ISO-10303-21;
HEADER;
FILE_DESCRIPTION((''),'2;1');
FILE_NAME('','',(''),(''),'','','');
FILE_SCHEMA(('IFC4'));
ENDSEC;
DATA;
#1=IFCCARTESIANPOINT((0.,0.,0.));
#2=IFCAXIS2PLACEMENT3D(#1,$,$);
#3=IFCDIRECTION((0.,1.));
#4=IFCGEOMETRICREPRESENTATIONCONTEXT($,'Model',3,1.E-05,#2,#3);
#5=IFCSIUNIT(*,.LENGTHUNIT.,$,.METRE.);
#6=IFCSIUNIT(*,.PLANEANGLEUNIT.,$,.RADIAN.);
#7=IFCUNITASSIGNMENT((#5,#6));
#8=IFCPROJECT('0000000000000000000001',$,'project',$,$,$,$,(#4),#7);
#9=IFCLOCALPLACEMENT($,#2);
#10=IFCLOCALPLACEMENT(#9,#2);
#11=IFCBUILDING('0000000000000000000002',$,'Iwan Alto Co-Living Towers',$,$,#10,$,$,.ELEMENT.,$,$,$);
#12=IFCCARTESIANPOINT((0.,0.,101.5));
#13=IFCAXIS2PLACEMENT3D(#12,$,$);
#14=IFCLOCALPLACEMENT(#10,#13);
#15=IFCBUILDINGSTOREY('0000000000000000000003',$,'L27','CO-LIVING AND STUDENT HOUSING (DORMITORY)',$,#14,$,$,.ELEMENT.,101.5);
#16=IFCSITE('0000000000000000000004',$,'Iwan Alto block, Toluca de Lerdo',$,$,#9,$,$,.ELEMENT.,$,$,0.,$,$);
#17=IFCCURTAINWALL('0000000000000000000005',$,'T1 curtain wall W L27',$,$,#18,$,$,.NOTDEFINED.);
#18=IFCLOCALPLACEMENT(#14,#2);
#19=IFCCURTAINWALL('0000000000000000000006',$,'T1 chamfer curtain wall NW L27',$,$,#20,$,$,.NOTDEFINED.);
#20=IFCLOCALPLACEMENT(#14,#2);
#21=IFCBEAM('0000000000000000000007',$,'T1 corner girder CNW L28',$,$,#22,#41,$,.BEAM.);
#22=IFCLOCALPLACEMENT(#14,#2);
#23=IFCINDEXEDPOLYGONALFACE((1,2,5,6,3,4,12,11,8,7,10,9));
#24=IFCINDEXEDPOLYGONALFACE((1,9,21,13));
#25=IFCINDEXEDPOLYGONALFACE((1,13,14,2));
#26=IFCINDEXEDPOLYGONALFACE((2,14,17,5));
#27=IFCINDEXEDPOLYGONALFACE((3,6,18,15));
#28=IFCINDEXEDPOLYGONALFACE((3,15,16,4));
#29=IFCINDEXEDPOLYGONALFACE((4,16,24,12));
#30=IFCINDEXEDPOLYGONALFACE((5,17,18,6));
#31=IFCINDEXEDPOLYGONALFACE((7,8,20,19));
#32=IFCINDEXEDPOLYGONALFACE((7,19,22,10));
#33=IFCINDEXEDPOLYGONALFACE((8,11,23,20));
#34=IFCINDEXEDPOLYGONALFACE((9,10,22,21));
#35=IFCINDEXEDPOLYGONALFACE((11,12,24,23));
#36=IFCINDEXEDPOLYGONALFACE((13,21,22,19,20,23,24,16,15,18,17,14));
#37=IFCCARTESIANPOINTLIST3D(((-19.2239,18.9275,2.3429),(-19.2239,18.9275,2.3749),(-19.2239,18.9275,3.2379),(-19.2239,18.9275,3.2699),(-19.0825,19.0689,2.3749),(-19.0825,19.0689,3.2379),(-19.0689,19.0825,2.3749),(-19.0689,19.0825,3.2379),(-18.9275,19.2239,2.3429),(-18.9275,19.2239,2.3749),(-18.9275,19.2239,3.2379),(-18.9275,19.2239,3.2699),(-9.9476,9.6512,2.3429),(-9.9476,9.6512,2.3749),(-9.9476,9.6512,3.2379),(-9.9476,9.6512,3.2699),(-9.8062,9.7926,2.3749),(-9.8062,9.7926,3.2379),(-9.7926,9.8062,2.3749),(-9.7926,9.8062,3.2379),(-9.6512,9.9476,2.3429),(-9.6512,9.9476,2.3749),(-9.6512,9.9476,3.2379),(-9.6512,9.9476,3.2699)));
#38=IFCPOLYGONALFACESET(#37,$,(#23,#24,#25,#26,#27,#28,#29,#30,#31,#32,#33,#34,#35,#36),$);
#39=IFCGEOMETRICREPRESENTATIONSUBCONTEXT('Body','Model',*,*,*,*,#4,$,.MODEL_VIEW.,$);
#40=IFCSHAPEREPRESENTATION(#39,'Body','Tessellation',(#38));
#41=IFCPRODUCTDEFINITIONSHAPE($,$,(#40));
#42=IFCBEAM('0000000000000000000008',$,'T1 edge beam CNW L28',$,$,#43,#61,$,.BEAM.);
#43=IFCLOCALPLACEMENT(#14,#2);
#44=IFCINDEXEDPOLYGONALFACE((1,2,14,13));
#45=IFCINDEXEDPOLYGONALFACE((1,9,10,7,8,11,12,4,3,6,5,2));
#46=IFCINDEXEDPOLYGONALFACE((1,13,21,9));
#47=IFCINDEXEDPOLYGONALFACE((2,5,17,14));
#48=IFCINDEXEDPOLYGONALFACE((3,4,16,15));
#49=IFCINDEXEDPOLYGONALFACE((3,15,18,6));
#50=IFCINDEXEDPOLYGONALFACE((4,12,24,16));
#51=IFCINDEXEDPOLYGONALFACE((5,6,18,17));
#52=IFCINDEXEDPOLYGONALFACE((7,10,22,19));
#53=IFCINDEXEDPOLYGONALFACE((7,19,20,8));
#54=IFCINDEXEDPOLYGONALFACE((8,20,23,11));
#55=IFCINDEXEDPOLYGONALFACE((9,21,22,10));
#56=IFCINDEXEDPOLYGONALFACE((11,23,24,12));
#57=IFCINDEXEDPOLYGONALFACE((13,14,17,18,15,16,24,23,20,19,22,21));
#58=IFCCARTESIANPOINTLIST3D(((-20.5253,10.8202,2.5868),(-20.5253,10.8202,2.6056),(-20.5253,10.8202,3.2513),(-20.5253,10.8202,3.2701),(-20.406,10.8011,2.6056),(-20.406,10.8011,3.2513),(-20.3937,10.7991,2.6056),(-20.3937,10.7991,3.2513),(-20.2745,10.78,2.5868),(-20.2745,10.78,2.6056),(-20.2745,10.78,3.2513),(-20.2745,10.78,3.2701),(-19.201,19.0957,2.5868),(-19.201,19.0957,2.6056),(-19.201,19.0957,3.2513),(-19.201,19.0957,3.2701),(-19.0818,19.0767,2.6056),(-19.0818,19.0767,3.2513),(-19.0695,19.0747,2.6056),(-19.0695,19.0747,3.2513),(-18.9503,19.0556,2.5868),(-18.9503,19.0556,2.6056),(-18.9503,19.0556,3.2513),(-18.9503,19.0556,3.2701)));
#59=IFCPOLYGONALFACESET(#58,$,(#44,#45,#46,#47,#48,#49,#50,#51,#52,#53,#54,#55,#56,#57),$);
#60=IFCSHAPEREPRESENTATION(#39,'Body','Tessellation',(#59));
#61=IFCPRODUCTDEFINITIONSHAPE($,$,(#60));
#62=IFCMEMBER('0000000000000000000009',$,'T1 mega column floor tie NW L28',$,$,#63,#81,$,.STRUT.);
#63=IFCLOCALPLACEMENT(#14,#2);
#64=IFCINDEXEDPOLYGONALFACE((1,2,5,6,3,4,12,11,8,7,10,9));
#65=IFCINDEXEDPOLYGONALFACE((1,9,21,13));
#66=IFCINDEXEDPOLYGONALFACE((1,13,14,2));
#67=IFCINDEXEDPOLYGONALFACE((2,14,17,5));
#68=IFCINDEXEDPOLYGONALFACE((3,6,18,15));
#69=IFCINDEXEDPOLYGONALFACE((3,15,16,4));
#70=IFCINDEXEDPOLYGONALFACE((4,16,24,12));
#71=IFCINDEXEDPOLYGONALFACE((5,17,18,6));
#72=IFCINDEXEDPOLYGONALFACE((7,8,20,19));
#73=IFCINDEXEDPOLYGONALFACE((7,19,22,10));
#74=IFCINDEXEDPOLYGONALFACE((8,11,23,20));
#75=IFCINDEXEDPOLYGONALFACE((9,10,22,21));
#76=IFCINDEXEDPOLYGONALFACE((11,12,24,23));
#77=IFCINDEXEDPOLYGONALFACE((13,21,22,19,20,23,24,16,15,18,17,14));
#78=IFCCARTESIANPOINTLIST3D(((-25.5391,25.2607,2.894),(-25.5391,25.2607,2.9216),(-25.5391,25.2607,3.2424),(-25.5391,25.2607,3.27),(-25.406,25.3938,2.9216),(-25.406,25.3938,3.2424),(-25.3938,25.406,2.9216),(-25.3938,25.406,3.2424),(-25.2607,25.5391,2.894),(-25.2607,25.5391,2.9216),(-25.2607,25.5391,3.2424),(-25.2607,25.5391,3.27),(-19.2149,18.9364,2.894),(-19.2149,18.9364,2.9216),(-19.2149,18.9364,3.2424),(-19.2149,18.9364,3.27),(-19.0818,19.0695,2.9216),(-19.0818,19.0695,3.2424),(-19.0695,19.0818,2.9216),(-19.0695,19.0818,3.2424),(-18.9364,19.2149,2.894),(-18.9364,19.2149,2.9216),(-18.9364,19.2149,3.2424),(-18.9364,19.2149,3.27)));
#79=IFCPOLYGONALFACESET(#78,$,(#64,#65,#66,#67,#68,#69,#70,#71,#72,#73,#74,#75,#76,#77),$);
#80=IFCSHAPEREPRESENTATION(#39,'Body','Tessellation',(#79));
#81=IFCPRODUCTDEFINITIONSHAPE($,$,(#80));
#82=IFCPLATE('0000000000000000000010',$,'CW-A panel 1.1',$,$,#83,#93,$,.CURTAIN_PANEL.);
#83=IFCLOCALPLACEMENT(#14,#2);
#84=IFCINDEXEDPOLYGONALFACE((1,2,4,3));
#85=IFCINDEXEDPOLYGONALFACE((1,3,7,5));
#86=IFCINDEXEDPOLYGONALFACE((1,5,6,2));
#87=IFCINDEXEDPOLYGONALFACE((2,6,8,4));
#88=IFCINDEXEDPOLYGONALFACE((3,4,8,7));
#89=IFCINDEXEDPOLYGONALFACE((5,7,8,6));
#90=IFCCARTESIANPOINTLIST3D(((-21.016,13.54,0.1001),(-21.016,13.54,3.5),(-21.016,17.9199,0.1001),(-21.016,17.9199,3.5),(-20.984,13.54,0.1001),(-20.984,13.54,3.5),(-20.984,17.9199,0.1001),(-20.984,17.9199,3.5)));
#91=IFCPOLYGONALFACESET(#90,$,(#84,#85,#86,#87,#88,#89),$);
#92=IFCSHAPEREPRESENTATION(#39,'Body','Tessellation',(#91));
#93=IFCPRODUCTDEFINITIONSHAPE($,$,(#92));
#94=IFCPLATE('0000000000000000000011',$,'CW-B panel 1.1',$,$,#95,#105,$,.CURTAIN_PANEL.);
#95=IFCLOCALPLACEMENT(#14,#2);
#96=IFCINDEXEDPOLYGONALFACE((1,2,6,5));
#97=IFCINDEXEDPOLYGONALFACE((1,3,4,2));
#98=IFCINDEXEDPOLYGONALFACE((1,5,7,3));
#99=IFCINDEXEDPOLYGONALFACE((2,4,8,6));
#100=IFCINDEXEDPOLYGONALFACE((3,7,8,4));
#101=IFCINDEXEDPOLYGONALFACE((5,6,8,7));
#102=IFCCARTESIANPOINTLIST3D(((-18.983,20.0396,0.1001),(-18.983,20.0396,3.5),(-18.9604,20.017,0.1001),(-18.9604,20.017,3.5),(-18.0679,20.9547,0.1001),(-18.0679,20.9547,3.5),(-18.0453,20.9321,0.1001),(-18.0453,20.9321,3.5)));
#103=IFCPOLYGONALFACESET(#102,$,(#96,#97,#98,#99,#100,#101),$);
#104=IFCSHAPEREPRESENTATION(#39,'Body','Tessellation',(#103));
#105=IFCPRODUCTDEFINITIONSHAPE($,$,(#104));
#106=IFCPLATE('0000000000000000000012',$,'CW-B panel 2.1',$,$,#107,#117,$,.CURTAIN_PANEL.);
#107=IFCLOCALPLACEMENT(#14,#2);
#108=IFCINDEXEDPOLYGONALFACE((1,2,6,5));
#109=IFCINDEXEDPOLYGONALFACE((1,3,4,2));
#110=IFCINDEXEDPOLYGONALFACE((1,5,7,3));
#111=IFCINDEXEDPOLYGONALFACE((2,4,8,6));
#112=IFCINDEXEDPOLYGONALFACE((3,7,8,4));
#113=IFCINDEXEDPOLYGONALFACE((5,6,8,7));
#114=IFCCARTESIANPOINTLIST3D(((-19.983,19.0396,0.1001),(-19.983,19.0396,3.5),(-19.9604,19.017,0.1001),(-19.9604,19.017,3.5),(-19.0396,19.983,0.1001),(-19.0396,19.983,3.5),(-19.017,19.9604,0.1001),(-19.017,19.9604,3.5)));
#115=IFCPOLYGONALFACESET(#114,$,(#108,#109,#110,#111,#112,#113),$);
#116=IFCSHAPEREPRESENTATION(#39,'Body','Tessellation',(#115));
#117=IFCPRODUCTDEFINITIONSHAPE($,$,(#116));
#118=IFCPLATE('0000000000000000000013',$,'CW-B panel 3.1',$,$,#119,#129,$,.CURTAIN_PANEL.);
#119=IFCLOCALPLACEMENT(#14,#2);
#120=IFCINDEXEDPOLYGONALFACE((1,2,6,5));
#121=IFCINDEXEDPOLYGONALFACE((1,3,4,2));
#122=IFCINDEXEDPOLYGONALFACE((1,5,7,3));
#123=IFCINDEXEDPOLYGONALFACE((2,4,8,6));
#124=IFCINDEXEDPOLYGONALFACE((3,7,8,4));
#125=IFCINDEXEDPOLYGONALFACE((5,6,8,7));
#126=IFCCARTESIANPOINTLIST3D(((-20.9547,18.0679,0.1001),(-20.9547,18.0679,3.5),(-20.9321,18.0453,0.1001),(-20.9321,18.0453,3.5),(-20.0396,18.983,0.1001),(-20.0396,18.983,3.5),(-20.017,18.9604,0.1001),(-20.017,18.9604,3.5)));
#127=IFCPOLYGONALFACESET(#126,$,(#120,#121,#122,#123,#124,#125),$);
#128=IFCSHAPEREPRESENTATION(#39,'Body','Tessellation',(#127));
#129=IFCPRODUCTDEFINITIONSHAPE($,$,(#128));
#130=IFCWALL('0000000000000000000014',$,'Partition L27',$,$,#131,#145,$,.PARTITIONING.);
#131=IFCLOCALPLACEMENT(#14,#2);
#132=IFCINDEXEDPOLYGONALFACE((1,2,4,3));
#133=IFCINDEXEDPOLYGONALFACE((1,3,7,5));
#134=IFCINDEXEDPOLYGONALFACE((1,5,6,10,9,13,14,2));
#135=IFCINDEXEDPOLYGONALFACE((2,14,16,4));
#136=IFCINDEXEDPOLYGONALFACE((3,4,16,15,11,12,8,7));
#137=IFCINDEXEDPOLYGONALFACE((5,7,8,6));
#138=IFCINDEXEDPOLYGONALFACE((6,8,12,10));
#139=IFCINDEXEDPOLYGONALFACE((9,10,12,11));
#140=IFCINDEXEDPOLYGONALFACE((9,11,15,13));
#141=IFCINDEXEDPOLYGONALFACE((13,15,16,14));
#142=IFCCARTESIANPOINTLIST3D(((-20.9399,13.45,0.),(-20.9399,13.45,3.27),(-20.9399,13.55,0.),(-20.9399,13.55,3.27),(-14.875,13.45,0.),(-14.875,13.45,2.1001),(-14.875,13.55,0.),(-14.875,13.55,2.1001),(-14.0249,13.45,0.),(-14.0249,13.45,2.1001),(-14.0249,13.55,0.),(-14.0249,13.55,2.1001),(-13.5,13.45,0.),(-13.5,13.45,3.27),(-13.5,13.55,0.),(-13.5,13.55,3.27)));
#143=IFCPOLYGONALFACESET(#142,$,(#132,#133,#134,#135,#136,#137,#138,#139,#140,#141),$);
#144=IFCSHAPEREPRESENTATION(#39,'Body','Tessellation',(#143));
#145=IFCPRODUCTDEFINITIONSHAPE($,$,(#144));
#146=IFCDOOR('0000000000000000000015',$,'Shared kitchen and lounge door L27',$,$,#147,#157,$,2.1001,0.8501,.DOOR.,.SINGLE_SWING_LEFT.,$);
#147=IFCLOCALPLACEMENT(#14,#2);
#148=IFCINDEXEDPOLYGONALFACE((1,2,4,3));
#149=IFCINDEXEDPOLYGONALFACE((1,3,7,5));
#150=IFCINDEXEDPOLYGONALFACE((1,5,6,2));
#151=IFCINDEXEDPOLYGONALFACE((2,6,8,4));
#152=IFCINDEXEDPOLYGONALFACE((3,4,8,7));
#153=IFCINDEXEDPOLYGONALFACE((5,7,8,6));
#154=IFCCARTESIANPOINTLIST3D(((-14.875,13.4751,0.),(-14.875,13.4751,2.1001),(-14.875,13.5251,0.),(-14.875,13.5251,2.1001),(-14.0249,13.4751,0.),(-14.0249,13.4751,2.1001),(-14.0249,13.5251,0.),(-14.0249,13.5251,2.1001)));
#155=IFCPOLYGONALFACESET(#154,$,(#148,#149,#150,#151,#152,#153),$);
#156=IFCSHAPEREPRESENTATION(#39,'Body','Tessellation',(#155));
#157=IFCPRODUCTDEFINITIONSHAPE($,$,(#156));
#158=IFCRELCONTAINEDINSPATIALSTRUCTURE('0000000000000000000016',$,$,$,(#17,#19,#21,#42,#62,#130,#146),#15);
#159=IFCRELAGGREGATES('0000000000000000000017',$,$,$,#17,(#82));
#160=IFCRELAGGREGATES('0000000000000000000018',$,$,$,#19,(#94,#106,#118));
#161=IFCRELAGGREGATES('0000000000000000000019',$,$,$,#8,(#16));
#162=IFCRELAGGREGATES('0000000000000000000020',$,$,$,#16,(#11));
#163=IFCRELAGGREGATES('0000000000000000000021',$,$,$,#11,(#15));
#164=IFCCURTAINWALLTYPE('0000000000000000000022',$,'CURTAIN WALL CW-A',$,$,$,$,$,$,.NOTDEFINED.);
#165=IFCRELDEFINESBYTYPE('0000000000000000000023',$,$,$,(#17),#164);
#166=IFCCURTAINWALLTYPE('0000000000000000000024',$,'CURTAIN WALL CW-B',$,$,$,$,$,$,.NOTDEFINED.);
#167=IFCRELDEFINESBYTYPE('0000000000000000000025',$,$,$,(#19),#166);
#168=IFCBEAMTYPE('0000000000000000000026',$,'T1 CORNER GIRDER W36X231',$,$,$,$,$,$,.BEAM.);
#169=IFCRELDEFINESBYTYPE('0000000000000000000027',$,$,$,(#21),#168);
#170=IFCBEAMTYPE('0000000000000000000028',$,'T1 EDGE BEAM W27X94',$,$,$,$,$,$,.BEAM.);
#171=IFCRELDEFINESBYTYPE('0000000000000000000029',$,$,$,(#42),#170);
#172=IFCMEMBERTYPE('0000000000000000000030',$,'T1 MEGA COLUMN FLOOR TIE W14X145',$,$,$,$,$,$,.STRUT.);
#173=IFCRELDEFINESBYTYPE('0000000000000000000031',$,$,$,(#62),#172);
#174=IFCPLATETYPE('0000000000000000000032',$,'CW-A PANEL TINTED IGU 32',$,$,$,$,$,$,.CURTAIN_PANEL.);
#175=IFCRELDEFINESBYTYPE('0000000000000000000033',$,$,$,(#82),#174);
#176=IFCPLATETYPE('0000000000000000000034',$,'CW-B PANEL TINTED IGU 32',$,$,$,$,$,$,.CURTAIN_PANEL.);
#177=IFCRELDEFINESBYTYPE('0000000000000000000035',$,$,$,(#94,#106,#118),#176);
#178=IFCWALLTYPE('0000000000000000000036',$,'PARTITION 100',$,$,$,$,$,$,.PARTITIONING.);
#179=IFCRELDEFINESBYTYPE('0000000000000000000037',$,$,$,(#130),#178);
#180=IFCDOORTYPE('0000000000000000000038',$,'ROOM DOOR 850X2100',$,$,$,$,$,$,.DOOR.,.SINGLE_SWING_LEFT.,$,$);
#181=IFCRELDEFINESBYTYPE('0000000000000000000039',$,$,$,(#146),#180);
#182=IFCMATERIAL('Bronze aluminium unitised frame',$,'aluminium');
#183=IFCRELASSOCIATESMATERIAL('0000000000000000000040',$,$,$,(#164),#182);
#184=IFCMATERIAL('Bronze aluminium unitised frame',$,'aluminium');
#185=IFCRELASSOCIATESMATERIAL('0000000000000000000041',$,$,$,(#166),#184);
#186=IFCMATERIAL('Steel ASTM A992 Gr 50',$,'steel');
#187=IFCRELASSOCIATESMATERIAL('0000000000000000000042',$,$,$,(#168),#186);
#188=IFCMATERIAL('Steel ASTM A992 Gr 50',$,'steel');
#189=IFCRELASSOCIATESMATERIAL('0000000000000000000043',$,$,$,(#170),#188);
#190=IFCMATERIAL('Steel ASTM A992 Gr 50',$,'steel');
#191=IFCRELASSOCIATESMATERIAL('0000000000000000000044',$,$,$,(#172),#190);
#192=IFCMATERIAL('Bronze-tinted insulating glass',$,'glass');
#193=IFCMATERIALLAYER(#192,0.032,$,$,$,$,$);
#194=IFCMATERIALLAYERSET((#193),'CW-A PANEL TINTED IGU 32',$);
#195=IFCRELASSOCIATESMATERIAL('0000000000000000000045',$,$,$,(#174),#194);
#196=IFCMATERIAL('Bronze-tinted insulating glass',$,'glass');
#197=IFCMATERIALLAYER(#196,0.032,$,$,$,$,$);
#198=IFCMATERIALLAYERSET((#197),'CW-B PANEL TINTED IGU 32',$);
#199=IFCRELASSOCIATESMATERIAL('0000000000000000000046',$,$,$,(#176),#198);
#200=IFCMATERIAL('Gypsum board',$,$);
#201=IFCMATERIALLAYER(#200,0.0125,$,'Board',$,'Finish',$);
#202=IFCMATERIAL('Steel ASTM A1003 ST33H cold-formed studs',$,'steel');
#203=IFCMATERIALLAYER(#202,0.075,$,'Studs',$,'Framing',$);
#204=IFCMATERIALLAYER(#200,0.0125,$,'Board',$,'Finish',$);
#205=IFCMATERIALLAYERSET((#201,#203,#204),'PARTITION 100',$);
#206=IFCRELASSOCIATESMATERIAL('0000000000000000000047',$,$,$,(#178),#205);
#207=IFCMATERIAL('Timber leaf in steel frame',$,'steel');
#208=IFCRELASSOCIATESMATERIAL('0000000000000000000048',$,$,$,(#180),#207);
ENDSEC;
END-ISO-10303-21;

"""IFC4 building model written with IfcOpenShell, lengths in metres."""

from ifc_helpers import new_model, si_unit, direction, frame, frame_2d, origin, origin_2d, place, context, subcontext, project, spatial, rectangle, i_section, extrude, material, layer, layer_set, material_profile, profile_set, type_object, element, fill, aggregate, save


model = new_model("IFC4")

# Units and contexts
model_context = context("Model", 3, precision=1e-05, world=origin(), true_north=direction((0.0, 1.0)))
body_context = subcontext(model_context, "Body", "Model", "MODEL_VIEW")
ifc_project = project(units=[si_unit("LENGTHUNIT", "METRE"), si_unit("PLANEANGLEUNIT", "RADIAN")], contexts=[model_context])

# Site, building, storey
site_placement = place(None, origin())
site = spatial("IfcSite", under=ifc_project, at=site_placement, Name="Iwan Alto block, Toluca de Lerdo", CompositionType="ELEMENT", RefElevation=0.0)
building_placement = place(site_placement, origin())
building = spatial("IfcBuilding", under=site, at=building_placement, Name="Iwan Alto Co-Living Towers", CompositionType="ELEMENT")
storey_placement = place(building_placement, frame((0.0, 0.0, 101.5)))
storey = spatial("IfcBuildingStorey", under=building, at=storey_placement, Name="L27", Description="CO-LIVING AND STUDENT HOUSING (DORMITORY)", CompositionType="ELEMENT", Elevation=101.5)

# Shared definitions
ifc_material_1 = material(Name="Bronze aluminium unitised frame", Category="aluminium")
curtain_wall_type_1 = type_object("IfcCurtainWallType", Name="CURTAIN WALL CW-A", PredefinedType="NOTDEFINED", material=ifc_material_1)

# Curtain walls
curtain_wall_1_placement = place(storey_placement, origin())
curtain_wall_1 = element("IfcCurtainWall", 1, at=curtain_wall_1_placement, inside=storey, type_object=curtain_wall_type_1, Name="T1 curtain wall W L27", PredefinedType="NOTDEFINED")
ifc_material_2 = material(Name="Bronze aluminium unitised frame", Category="aluminium")
curtain_wall_type_2 = type_object("IfcCurtainWallType", Name="CURTAIN WALL CW-B", PredefinedType="NOTDEFINED", material=ifc_material_2)
curtain_wall_2_placement = place(storey_placement, origin())
curtain_wall_2 = element("IfcCurtainWall", 2, at=curtain_wall_2_placement, inside=storey, type_object=curtain_wall_type_2, Name="T1 chamfer curtain wall NW L27", PredefinedType="NOTDEFINED")

# Beams
ifc_material_3 = material(Name="Steel ASTM A992 Gr 50", Category="steel")
ifc_material_profile_1 = material_profile(ifc_material_3, i_section(OverallWidth=0.4192, OverallDepth=0.927, WebThickness=0.0193, FlangeThickness=0.032, at=origin_2d()), Name="W36X231")
ifc_profile_set_1 = profile_set([ifc_material_profile_1], Name="Steel ASTM A992 Gr 50")
beam_type_1 = type_object("IfcBeamType", Name="T1 CORNER GIRDER W36X231", PredefinedType="BEAM", material=ifc_profile_set_1)
beam_1_placement = place(storey_placement, frame((-19.0757, 19.0757, 2.8064), z_axis=(0.707107, -0.707107, 0.0), x_axis=(0.707107, 0.707107, 0.0)))
element("IfcBeam", 3, at=beam_1_placement, inside=storey, type_object=beam_type_1, Name="T1 corner girder CNW L28", PredefinedType="BEAM", context=body_context, shape_type="SweptSolid", body=[
    extrude(i_section(OverallWidth=0.4192, OverallDepth=0.927, WebThickness=0.0193, FlangeThickness=0.032, at=origin_2d()), origin(), (0.0, 0.0, 1.0), 13.1187),
])
ifc_material_4 = material(Name="Steel ASTM A992 Gr 50", Category="steel")
ifc_material_profile_2 = material_profile(ifc_material_4, i_section(OverallWidth=0.2539, OverallDepth=0.6833, WebThickness=0.0125, FlangeThickness=0.0188, at=origin_2d()), Name="W27X94")
ifc_profile_set_2 = profile_set([ifc_material_profile_2], Name="Steel ASTM A992 Gr 50")
beam_type_2 = type_object("IfcBeamType", Name="T1 EDGE BEAM W27X94", PredefinedType="BEAM", material=ifc_profile_set_2)
beam_2_placement = place(storey_placement, frame((-19.0757, 19.0757, 2.9285), z_axis=(-0.158004, -0.987438, 0.0), x_axis=(0.987438, -0.158004, 0.0)))
element("IfcBeam", 4, at=beam_2_placement, inside=storey, type_object=beam_type_2, Name="T1 edge beam CNW L28", PredefinedType="BEAM", context=body_context, shape_type="SweptSolid", body=[
    extrude(i_section(OverallWidth=0.2539, OverallDepth=0.6833, WebThickness=0.0125, FlangeThickness=0.0188, at=origin_2d()), origin(), (0.0, 0.0, 1.0), 8.3809),
])

# Member
ifc_material_5 = material(Name="Steel ASTM A992 Gr 50", Category="steel")
ifc_material_profile_3 = material_profile(ifc_material_5, i_section(OverallWidth=0.3938, OverallDepth=0.376, WebThickness=0.0173, FlangeThickness=0.0276, at=origin_2d()), Name="W14X145")
ifc_profile_set_3 = profile_set([ifc_material_profile_3], Name="Steel ASTM A992 Gr 50")
member_type_1 = type_object("IfcMemberType", Name="T1 MEGA COLUMN FLOOR TIE W14X145", PredefinedType="STRUT", material=ifc_profile_set_3)
member_1_placement = place(storey_placement, frame((-25.3999, 25.3999, 3.082), z_axis=(0.707107, -0.707107, 0.0), x_axis=(0.707107, 0.707107, 0.0)))
element("IfcMember", 5, at=member_1_placement, inside=storey, type_object=member_type_1, Name="T1 mega column floor tie NW L28", PredefinedType="STRUT", context=body_context, shape_type="SweptSolid", body=[
    extrude(i_section(OverallWidth=0.3938, OverallDepth=0.376, WebThickness=0.0173, FlangeThickness=0.0276, at=origin_2d()), origin(), (0.0, 0.0, 1.0), 8.9438),
])

# Plates
ifc_material_6 = material(Name="Bronze-tinted insulating glass", Category="glass")
ifc_layer_1 = layer(ifc_material_6, 0.032)
ifc_layer_set_1 = layer_set([ifc_layer_1], Name="CW-A PANEL TINTED IGU 32")
plate_type_1 = type_object("IfcPlateType", Name="CW-A PANEL TINTED IGU 32", PredefinedType="CURTAIN_PANEL", material=ifc_layer_set_1)
plate_1_placement = place(storey_placement, frame((-21.0, 15.73, 0.1001), z_axis=(0.0, 0.0, 1.0), x_axis=(0.0, -1.0, 0.0)))
plate_1 = element("IfcPlate", 6, at=plate_1_placement, type_object=plate_type_1, Name="CW-A panel 1.1", PredefinedType="CURTAIN_PANEL", context=body_context, shape_type="SweptSolid", body=[
    extrude(rectangle(XDim=4.3799, YDim=0.032, at=origin_2d()), origin(), (0.0, 0.0, 1.0), 3.3999),
])
aggregate(curtain_wall_1, [plate_1])
ifc_material_7 = material(Name="Bronze-tinted insulating glass", Category="glass")
ifc_layer_2 = layer(ifc_material_7, 0.032)
ifc_layer_set_2 = layer_set([ifc_layer_2], Name="CW-B PANEL TINTED IGU 32")
plate_type_2 = type_object("IfcPlateType", Name="CW-B PANEL TINTED IGU 32", PredefinedType="CURTAIN_PANEL", material=ifc_layer_set_2)
plate_2_placement = place(storey_placement, frame((-18.5142, 20.4858, 0.1001), z_axis=(0.0, 0.0, 1.0), x_axis=(-0.707107, -0.707107, 0.0)))
plate_2 = element("IfcPlate", 7, at=plate_2_placement, type_object=plate_type_2, Name="CW-B panel 1.1", PredefinedType="CURTAIN_PANEL", context=body_context, shape_type="SweptSolid", body=[
    extrude(rectangle(XDim=1.2942, YDim=0.032, at=origin_2d()), origin(), (0.0, 0.0, 1.0), 3.3999),
])
plate_3_placement = place(storey_placement, frame((-19.5, 19.5, 0.1001), z_axis=(0.0, 0.0, 1.0), x_axis=(-0.707107, -0.707107, 0.0)))
plate_3 = element("IfcPlate", 8, at=plate_3_placement, type_object=plate_type_2, Name="CW-B panel 2.1", PredefinedType="CURTAIN_PANEL", context=body_context, shape_type="SweptSolid", body=[
    extrude(rectangle(XDim=1.3342, YDim=0.032, at=origin_2d()), origin(), (0.0, 0.0, 1.0), 3.3999),
])
plate_4_placement = place(storey_placement, frame((-20.4858, 18.5142, 0.1001), z_axis=(0.0, 0.0, 1.0), x_axis=(-0.707107, -0.707107, 0.0)))
plate_4 = element("IfcPlate", 9, at=plate_4_placement, type_object=plate_type_2, Name="CW-B panel 3.1", PredefinedType="CURTAIN_PANEL", context=body_context, shape_type="SweptSolid", body=[
    extrude(rectangle(XDim=1.2942, YDim=0.032, at=origin_2d()), origin(), (0.0, 0.0, 1.0), 3.3999),
])
aggregate(curtain_wall_2, [plate_2, plate_3, plate_4])

# Wall, opening, door
ifc_material_8 = material(Name="Gypsum board")
ifc_layer_3 = layer(ifc_material_8, 0.0125, Name="Board", Category="Finish")
ifc_material_9 = material(Name="Steel ASTM A1003 ST33H cold-formed studs", Category="steel")
ifc_layer_4 = layer(ifc_material_9, 0.075, Name="Studs", Category="Framing")
ifc_layer_5 = layer(ifc_material_8, 0.0125, Name="Board", Category="Finish")
ifc_layer_set_3 = layer_set([ifc_layer_3, ifc_layer_4, ifc_layer_5], Name="PARTITION 100")
wall_type = type_object("IfcWallType", Name="PARTITION 100", PredefinedType="PARTITIONING", material=ifc_layer_set_3)
wall_placement = place(storey_placement, frame((-20.9399, 13.5, 0.0), z_axis=(0.0, 0.0, 1.0), x_axis=(1.0, 0.0, 0.0)))
wall = element("IfcWall", 10, at=wall_placement, inside=storey, type_object=wall_type, Name="Partition L27", PredefinedType="PARTITIONING", context=body_context, shape_type="SweptSolid", body=[
    extrude(rectangle(XDim=7.4399, YDim=0.1001, at=frame_2d((3.72, 0.0))), origin(), (0.0, 0.0, 1.0), 3.27),
])
opening_placement = place(wall_placement, frame((6.0649, 0.0, 0.0)))
opening = element("IfcOpeningElement", 11, at=opening_placement, cuts=wall, PredefinedType="OPENING", context=body_context, shape_type="SweptSolid", body=[
    extrude(rectangle(XDim=0.8501, YDim=2.1001, at=frame_2d((0.425, 1.05))), frame((0.0, 0.0601, 0.0), z_axis=(0.0, -1.0, 0.0), x_axis=(1.0, 0.0, 0.0)), (0.0, 0.0, 1.0), 0.1201),
])
ifc_material_10 = material(Name="Timber leaf in steel frame", Category="steel")
door_type = type_object("IfcDoorType", Name="ROOM DOOR 850X2100", OperationType="SINGLE_SWING_LEFT", PredefinedType="DOOR", material=ifc_material_10)
door_placement = place(opening_placement, frame((0.8501, 0.0, 0.0), z_axis=(0.0, 0.0, 1.0), x_axis=(-1.0, 0.0, 0.0)))
door = element("IfcDoor", 12, at=door_placement, inside=storey, type_object=door_type, Name="Shared kitchen and lounge door L27", OperationType="SINGLE_SWING_LEFT", OverallHeight=2.1001, OverallWidth=0.8501, PredefinedType="DOOR", context=body_context, shape_type="SweptSolid", body=[
    extrude(rectangle(XDim=0.8501, YDim=2.1001, at=frame_2d((0.425, 1.05))), frame((0.0, 0.0249, 0.0), z_axis=(0.0, -1.0, 0.0), x_axis=(1.0, 0.0, 0.0)), (0.0, 0.0, 1.0), 0.05),
])
fill(opening, door)

save(model, "model.ifc")
